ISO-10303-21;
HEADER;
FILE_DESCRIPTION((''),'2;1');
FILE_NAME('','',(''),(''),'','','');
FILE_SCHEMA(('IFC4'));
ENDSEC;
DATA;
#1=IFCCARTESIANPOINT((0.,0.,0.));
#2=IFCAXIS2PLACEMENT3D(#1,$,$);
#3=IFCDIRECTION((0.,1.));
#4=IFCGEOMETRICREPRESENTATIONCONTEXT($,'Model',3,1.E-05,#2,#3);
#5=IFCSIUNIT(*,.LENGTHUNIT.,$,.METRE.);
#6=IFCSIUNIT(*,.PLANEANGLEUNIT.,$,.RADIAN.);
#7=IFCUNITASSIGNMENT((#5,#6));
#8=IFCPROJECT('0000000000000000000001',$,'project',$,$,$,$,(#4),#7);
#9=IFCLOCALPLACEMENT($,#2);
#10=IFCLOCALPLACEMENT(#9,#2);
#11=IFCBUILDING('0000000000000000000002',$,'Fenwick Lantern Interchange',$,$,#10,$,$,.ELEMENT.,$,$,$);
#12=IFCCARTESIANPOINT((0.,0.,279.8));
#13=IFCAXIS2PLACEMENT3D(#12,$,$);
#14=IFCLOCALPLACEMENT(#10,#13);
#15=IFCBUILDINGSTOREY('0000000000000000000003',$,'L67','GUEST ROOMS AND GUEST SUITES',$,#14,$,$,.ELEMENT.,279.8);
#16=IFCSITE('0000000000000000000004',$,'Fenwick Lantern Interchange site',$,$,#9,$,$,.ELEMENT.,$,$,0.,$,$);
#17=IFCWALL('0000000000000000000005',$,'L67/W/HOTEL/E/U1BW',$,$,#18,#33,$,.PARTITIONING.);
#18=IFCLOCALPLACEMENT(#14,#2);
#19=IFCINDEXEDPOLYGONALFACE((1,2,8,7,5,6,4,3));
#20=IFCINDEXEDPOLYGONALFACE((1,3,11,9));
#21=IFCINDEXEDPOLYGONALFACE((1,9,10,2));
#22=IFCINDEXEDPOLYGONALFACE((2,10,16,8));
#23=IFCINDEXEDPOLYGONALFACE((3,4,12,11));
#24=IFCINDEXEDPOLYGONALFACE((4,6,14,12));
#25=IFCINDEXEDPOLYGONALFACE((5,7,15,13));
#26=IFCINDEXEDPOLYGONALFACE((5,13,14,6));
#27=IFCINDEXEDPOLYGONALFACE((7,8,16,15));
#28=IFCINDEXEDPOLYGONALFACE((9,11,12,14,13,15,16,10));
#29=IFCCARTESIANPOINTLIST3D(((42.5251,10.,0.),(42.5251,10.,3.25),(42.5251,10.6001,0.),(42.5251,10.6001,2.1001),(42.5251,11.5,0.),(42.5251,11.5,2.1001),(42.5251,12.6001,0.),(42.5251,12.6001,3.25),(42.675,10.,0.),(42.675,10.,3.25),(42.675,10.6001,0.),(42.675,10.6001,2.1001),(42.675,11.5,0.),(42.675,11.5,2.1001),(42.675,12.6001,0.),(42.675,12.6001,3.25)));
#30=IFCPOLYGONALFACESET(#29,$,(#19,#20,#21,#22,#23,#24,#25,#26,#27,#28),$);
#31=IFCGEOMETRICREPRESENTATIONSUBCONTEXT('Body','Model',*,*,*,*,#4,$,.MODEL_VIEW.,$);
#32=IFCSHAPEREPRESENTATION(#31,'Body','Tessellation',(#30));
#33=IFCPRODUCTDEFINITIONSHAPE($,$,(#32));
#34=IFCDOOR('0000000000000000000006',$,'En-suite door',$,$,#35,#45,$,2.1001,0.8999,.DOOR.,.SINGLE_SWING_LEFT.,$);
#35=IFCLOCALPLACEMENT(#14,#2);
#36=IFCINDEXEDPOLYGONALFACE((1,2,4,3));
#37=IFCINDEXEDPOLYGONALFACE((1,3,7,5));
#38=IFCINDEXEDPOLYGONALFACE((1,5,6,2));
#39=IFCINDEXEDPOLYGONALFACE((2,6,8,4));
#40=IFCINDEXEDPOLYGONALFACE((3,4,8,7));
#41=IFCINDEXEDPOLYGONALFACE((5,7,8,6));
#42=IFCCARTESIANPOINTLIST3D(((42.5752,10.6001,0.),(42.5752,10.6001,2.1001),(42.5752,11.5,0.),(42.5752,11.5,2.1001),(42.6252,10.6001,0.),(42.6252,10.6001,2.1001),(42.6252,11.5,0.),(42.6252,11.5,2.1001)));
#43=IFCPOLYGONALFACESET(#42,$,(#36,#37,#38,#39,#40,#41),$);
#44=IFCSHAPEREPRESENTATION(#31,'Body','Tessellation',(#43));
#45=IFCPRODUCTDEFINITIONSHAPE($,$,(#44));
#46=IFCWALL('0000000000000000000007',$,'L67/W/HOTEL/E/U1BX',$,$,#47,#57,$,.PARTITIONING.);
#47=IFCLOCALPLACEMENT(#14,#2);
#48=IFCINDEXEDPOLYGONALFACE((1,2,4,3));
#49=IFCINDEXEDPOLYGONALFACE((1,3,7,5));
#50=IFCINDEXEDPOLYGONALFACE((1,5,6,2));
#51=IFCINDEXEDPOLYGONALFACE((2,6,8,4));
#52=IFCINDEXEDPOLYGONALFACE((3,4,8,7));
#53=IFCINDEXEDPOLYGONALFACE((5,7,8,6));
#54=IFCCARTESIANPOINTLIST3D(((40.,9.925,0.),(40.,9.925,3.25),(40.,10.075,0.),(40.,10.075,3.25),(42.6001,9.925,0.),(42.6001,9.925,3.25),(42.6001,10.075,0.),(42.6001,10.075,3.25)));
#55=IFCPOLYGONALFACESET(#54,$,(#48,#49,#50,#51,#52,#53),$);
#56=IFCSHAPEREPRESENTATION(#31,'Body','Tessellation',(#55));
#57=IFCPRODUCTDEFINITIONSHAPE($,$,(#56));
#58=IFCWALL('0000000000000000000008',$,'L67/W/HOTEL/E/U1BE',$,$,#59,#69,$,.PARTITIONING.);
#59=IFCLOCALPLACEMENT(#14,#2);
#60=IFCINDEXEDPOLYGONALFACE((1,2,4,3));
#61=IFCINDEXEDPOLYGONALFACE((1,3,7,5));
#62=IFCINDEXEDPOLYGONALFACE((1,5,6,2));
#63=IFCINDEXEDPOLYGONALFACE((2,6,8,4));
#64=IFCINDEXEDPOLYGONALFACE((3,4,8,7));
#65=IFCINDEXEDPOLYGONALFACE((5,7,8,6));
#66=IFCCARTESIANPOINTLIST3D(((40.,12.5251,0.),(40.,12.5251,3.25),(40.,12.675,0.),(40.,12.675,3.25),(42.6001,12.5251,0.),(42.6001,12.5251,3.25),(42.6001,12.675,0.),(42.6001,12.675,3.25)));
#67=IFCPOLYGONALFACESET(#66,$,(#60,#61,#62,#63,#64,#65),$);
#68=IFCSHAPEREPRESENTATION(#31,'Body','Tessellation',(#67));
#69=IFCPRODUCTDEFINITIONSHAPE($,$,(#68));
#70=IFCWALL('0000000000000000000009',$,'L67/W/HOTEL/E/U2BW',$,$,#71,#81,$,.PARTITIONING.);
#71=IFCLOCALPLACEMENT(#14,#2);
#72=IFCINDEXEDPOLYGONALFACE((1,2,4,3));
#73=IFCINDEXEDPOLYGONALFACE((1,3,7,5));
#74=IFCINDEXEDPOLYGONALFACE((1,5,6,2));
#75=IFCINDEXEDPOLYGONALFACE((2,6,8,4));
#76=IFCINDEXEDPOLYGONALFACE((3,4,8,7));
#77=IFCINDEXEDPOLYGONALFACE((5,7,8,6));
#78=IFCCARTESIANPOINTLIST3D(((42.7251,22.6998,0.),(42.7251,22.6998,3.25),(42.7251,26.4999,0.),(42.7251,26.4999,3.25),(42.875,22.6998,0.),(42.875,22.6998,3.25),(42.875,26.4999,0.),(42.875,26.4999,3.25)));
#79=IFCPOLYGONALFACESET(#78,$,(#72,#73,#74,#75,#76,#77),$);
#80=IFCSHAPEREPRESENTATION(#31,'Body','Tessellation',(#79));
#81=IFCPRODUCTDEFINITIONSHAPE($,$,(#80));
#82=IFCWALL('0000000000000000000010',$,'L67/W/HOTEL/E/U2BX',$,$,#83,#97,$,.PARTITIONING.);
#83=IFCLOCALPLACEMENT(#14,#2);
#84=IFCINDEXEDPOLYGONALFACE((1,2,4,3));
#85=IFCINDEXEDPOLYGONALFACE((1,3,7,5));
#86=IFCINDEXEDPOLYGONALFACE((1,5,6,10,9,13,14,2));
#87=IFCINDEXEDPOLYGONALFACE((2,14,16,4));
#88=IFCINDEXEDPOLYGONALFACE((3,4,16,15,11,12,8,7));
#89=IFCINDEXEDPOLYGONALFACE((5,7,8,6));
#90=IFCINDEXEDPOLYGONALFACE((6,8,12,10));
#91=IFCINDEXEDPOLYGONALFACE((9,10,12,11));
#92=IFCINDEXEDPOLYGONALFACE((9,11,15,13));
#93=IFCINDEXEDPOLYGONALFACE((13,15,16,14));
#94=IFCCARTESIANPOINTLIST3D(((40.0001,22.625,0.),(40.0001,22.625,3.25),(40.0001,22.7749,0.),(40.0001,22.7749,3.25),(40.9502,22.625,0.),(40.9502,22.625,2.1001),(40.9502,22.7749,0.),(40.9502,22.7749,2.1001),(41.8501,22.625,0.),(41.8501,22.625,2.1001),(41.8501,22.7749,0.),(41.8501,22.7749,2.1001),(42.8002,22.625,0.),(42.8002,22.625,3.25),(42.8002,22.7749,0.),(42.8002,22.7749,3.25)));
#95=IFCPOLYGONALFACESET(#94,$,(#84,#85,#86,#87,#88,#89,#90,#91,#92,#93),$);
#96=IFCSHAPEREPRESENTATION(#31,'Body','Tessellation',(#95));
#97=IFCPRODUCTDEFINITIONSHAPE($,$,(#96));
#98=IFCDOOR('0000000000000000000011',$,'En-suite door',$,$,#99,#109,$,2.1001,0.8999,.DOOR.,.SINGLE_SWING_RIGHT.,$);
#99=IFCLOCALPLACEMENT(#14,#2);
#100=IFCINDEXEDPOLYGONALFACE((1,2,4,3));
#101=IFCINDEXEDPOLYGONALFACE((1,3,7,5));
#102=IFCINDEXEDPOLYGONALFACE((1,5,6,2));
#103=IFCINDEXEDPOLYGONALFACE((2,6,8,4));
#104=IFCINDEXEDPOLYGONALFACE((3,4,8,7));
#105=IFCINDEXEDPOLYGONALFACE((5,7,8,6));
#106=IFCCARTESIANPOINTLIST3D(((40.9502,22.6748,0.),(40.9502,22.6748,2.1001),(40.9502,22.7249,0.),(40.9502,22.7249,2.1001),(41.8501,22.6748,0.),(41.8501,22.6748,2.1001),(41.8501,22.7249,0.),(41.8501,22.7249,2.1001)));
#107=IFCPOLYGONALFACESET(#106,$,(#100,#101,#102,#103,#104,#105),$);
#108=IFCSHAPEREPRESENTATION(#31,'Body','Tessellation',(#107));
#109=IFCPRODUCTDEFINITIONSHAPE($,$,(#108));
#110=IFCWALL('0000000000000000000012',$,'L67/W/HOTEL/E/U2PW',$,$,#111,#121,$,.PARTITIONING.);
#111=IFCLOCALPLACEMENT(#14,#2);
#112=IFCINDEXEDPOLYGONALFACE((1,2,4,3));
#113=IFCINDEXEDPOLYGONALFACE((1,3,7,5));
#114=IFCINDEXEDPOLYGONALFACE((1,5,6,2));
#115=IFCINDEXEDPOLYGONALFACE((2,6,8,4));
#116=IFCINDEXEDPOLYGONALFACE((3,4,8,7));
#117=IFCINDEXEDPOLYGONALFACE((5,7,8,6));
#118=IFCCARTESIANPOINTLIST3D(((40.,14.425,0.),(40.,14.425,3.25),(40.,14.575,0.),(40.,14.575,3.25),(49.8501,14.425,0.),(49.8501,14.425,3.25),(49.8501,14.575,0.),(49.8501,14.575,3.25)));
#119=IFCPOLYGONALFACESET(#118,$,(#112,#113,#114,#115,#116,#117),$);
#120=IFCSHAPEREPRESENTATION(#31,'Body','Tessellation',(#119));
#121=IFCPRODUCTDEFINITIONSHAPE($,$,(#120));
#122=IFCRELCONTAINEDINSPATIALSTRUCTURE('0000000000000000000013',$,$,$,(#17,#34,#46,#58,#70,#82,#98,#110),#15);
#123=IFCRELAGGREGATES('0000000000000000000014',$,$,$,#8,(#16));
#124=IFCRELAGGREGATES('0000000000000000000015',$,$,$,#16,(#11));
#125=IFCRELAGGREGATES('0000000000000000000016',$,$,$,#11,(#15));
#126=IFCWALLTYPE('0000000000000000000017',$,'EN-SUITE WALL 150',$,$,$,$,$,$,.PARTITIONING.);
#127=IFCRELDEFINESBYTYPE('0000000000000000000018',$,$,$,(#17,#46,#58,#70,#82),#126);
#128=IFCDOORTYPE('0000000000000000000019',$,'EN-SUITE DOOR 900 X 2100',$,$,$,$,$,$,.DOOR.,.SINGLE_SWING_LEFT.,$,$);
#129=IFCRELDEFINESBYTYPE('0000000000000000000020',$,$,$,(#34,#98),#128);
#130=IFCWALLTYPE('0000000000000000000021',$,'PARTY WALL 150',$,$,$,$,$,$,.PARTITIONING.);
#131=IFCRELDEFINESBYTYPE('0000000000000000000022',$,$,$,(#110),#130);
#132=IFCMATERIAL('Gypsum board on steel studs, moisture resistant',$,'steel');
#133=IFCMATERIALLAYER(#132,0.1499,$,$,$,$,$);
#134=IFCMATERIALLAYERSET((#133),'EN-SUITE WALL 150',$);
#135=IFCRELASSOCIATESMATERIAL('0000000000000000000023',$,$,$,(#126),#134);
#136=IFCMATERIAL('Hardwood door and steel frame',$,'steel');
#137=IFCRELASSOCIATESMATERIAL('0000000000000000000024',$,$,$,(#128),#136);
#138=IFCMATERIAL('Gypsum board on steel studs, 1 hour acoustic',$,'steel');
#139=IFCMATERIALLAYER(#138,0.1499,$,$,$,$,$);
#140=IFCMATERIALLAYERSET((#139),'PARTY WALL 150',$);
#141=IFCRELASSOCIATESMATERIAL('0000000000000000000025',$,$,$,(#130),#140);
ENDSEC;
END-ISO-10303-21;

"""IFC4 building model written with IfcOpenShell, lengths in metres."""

from ifc_helpers import new_model, si_unit, direction, frame, frame_2d, origin, place, context, subcontext, project, spatial, rectangle, extrude, material, layer, layer_set, type_object, element, fill, save


model = new_model("IFC4")

# Units and contexts
model_context = context("Model", 3, precision=1e-05, world=origin(), true_north=direction((0.0, 1.0)))
body_context = subcontext(model_context, "Body", "Model", "MODEL_VIEW")
ifc_project = project(units=[si_unit("LENGTHUNIT", "METRE"), si_unit("PLANEANGLEUNIT", "RADIAN")], contexts=[model_context])

# Site, building, storey
site_placement = place(None, origin())
site = spatial("IfcSite", under=ifc_project, at=site_placement, Name="Fenwick Lantern Interchange site", CompositionType="ELEMENT", RefElevation=0.0)
building_placement = place(site_placement, origin())
building = spatial("IfcBuilding", under=site, at=building_placement, Name="Fenwick Lantern Interchange", CompositionType="ELEMENT")
storey_placement = place(building_placement, frame((0.0, 0.0, 279.8)))
storey = spatial("IfcBuildingStorey", under=building, at=storey_placement, Name="L67", Description="GUEST ROOMS AND GUEST SUITES", CompositionType="ELEMENT", Elevation=279.8)

# Wall, opening, door
ifc_material_1 = material(Name="Gypsum board on steel studs, moisture resistant", Category="steel")
ifc_layer_1 = layer(ifc_material_1, 0.1499)
ifc_layer_set_1 = layer_set([ifc_layer_1], Name="EN-SUITE WALL 150")
wall_type_1 = type_object("IfcWallType", Name="EN-SUITE WALL 150", PredefinedType="PARTITIONING", material=ifc_layer_set_1)
wall_1_placement = place(storey_placement, frame((42.6001, 10.0, 0.0), z_axis=(0.0, 0.0, 1.0), x_axis=(0.0, 1.0, 0.0)))
wall_1 = element("IfcWall", 1, at=wall_1_placement, inside=storey, type_object=wall_type_1, Name="L67/W/HOTEL/E/U1BW", PredefinedType="PARTITIONING", context=body_context, shape_type="SweptSolid", body=[
    extrude(rectangle(XDim=2.6001, YDim=0.1499, at=frame_2d((1.3, 0.0))), origin(), (0.0, 0.0, 1.0), 3.25),
])
opening_1_placement = place(wall_1_placement, frame((0.6001, 0.0, 0.0)))
opening_1 = element("IfcOpeningElement", 2, at=opening_1_placement, cuts=wall_1, PredefinedType="OPENING", context=body_context, shape_type="SweptSolid", body=[
    extrude(rectangle(XDim=0.8999, YDim=2.1001, at=frame_2d((0.45, 1.05))), frame((0.0, 0.085, 0.0), z_axis=(0.0, -1.0, 0.0), x_axis=(1.0, 0.0, 0.0)), (0.0, 0.0, 1.0), 0.1699),
])
ifc_material_2 = material(Name="Hardwood door and steel frame", Category="steel")
door_type = type_object("IfcDoorType", Name="EN-SUITE DOOR 900 X 2100", OperationType="SINGLE_SWING_LEFT", PredefinedType="DOOR", material=ifc_material_2)
door_1_placement = place(opening_1_placement, origin())
door_1 = element("IfcDoor", 3, at=door_1_placement, inside=storey, type_object=door_type, Name="En-suite door", OperationType="SINGLE_SWING_LEFT", OverallHeight=2.1001, OverallWidth=0.8999, PredefinedType="DOOR", context=body_context, shape_type="SweptSolid", body=[
    extrude(rectangle(XDim=0.8999, YDim=2.1001, at=frame_2d((0.45, 1.05))), frame((0.0, 0.0249, 0.0), z_axis=(0.0, -1.0, 0.0), x_axis=(1.0, 0.0, 0.0)), (0.0, 0.0, 1.0), 0.05),
])
fill(opening_1, door_1)

# Walls
for number, where, z_axis, x_axis, name in (
    (4, (42.6001, 10.0, 0.0), (0.0, 0.0, 1.0), (-1.0, 0.0, 0.0), "L67/W/HOTEL/E/U1BX"),
    (5, (42.6001, 12.6001, 0.0), (0.0, 0.0, 1.0), (-1.0, 0.0, 0.0), "L67/W/HOTEL/E/U1BE"),
):
    element("IfcWall", number, at=place(storey_placement, frame(where, z_axis=z_axis, x_axis=x_axis)), inside=storey, type_object=wall_type_1, Name=name, PredefinedType="PARTITIONING", context=body_context, shape_type="SweptSolid", body=[
        extrude(rectangle(XDim=2.6001, YDim=0.1499, at=frame_2d((1.3, 0.0))), origin(), (0.0, 0.0, 1.0), 3.25),
    ])
wall_2_placement = place(storey_placement, frame((42.8, 22.7, 0.0), z_axis=(0.0, 0.0, 1.0), x_axis=(0.0, 1.0, 0.0)))
element("IfcWall", 6, at=wall_2_placement, inside=storey, type_object=wall_type_1, Name="L67/W/HOTEL/E/U2BW", PredefinedType="PARTITIONING", context=body_context, shape_type="SweptSolid", body=[
    extrude(rectangle(XDim=3.8, YDim=0.1499, at=frame_2d((1.8999, 0.0))), origin(), (0.0, 0.0, 1.0), 3.25),
])

# Wall, opening, door
wall_3_placement = place(storey_placement, frame((42.8, 22.7, 0.0), z_axis=(0.0, 0.0, 1.0), x_axis=(-1.0, 0.0, 0.0)))
wall_3 = element("IfcWall", 7, at=wall_3_placement, inside=storey, type_object=wall_type_1, Name="L67/W/HOTEL/E/U2BX", PredefinedType="PARTITIONING", context=body_context, shape_type="SweptSolid", body=[
    extrude(rectangle(XDim=2.8, YDim=0.1499, at=frame_2d((1.3999, 0.0))), origin(), (0.0, 0.0, 1.0), 3.25),
])
opening_2_placement = place(wall_3_placement, frame((0.95, 0.0, 0.0)))
opening_2 = element("IfcOpeningElement", 8, at=opening_2_placement, cuts=wall_3, PredefinedType="OPENING", context=body_context, shape_type="SweptSolid", body=[
    extrude(rectangle(XDim=0.8999, YDim=2.1001, at=frame_2d((0.45, 1.05))), frame((0.0, 0.085, 0.0), z_axis=(0.0, -1.0, 0.0), x_axis=(1.0, 0.0, 0.0)), (0.0, 0.0, 1.0), 0.1699),
])
door_2_placement = place(opening_2_placement, frame((0.8999, 0.0, 0.0), z_axis=(0.0, 0.0, 1.0), x_axis=(-1.0, 0.0, 0.0)))
door_2 = element("IfcDoor", 9, at=door_2_placement, inside=storey, type_object=door_type, Name="En-suite door", OperationType="SINGLE_SWING_RIGHT", OverallHeight=2.1001, OverallWidth=0.8999, PredefinedType="DOOR", context=body_context, shape_type="SweptSolid", body=[
    extrude(rectangle(XDim=0.8999, YDim=2.1001, at=frame_2d((0.45, 1.05))), frame((0.0, 0.0249, 0.0), z_axis=(0.0, -1.0, 0.0), x_axis=(1.0, 0.0, 0.0)), (0.0, 0.0, 1.0), 0.05),
])
fill(opening_2, door_2)

# Wall
ifc_material_3 = material(Name="Gypsum board on steel studs, 1 hour acoustic", Category="steel")
ifc_layer_2 = layer(ifc_material_3, 0.1499)
ifc_layer_set_2 = layer_set([ifc_layer_2], Name="PARTY WALL 150")
wall_type_2 = type_object("IfcWallType", Name="PARTY WALL 150", PredefinedType="PARTITIONING", material=ifc_layer_set_2)
wall_4_placement = place(storey_placement, frame((49.8501, 14.5, 0.0), z_axis=(0.0, 0.0, 1.0), x_axis=(-1.0, 0.0, 0.0)))
element("IfcWall", 10, at=wall_4_placement, inside=storey, type_object=wall_type_2, Name="L67/W/HOTEL/E/U2PW", PredefinedType="PARTITIONING", context=body_context, shape_type="SweptSolid", body=[
    extrude(rectangle(XDim=9.8501, YDim=0.1499, at=frame_2d((4.925, 0.0))), origin(), (0.0, 0.0, 1.0), 3.25),
])

save(model, "model.ifc")
